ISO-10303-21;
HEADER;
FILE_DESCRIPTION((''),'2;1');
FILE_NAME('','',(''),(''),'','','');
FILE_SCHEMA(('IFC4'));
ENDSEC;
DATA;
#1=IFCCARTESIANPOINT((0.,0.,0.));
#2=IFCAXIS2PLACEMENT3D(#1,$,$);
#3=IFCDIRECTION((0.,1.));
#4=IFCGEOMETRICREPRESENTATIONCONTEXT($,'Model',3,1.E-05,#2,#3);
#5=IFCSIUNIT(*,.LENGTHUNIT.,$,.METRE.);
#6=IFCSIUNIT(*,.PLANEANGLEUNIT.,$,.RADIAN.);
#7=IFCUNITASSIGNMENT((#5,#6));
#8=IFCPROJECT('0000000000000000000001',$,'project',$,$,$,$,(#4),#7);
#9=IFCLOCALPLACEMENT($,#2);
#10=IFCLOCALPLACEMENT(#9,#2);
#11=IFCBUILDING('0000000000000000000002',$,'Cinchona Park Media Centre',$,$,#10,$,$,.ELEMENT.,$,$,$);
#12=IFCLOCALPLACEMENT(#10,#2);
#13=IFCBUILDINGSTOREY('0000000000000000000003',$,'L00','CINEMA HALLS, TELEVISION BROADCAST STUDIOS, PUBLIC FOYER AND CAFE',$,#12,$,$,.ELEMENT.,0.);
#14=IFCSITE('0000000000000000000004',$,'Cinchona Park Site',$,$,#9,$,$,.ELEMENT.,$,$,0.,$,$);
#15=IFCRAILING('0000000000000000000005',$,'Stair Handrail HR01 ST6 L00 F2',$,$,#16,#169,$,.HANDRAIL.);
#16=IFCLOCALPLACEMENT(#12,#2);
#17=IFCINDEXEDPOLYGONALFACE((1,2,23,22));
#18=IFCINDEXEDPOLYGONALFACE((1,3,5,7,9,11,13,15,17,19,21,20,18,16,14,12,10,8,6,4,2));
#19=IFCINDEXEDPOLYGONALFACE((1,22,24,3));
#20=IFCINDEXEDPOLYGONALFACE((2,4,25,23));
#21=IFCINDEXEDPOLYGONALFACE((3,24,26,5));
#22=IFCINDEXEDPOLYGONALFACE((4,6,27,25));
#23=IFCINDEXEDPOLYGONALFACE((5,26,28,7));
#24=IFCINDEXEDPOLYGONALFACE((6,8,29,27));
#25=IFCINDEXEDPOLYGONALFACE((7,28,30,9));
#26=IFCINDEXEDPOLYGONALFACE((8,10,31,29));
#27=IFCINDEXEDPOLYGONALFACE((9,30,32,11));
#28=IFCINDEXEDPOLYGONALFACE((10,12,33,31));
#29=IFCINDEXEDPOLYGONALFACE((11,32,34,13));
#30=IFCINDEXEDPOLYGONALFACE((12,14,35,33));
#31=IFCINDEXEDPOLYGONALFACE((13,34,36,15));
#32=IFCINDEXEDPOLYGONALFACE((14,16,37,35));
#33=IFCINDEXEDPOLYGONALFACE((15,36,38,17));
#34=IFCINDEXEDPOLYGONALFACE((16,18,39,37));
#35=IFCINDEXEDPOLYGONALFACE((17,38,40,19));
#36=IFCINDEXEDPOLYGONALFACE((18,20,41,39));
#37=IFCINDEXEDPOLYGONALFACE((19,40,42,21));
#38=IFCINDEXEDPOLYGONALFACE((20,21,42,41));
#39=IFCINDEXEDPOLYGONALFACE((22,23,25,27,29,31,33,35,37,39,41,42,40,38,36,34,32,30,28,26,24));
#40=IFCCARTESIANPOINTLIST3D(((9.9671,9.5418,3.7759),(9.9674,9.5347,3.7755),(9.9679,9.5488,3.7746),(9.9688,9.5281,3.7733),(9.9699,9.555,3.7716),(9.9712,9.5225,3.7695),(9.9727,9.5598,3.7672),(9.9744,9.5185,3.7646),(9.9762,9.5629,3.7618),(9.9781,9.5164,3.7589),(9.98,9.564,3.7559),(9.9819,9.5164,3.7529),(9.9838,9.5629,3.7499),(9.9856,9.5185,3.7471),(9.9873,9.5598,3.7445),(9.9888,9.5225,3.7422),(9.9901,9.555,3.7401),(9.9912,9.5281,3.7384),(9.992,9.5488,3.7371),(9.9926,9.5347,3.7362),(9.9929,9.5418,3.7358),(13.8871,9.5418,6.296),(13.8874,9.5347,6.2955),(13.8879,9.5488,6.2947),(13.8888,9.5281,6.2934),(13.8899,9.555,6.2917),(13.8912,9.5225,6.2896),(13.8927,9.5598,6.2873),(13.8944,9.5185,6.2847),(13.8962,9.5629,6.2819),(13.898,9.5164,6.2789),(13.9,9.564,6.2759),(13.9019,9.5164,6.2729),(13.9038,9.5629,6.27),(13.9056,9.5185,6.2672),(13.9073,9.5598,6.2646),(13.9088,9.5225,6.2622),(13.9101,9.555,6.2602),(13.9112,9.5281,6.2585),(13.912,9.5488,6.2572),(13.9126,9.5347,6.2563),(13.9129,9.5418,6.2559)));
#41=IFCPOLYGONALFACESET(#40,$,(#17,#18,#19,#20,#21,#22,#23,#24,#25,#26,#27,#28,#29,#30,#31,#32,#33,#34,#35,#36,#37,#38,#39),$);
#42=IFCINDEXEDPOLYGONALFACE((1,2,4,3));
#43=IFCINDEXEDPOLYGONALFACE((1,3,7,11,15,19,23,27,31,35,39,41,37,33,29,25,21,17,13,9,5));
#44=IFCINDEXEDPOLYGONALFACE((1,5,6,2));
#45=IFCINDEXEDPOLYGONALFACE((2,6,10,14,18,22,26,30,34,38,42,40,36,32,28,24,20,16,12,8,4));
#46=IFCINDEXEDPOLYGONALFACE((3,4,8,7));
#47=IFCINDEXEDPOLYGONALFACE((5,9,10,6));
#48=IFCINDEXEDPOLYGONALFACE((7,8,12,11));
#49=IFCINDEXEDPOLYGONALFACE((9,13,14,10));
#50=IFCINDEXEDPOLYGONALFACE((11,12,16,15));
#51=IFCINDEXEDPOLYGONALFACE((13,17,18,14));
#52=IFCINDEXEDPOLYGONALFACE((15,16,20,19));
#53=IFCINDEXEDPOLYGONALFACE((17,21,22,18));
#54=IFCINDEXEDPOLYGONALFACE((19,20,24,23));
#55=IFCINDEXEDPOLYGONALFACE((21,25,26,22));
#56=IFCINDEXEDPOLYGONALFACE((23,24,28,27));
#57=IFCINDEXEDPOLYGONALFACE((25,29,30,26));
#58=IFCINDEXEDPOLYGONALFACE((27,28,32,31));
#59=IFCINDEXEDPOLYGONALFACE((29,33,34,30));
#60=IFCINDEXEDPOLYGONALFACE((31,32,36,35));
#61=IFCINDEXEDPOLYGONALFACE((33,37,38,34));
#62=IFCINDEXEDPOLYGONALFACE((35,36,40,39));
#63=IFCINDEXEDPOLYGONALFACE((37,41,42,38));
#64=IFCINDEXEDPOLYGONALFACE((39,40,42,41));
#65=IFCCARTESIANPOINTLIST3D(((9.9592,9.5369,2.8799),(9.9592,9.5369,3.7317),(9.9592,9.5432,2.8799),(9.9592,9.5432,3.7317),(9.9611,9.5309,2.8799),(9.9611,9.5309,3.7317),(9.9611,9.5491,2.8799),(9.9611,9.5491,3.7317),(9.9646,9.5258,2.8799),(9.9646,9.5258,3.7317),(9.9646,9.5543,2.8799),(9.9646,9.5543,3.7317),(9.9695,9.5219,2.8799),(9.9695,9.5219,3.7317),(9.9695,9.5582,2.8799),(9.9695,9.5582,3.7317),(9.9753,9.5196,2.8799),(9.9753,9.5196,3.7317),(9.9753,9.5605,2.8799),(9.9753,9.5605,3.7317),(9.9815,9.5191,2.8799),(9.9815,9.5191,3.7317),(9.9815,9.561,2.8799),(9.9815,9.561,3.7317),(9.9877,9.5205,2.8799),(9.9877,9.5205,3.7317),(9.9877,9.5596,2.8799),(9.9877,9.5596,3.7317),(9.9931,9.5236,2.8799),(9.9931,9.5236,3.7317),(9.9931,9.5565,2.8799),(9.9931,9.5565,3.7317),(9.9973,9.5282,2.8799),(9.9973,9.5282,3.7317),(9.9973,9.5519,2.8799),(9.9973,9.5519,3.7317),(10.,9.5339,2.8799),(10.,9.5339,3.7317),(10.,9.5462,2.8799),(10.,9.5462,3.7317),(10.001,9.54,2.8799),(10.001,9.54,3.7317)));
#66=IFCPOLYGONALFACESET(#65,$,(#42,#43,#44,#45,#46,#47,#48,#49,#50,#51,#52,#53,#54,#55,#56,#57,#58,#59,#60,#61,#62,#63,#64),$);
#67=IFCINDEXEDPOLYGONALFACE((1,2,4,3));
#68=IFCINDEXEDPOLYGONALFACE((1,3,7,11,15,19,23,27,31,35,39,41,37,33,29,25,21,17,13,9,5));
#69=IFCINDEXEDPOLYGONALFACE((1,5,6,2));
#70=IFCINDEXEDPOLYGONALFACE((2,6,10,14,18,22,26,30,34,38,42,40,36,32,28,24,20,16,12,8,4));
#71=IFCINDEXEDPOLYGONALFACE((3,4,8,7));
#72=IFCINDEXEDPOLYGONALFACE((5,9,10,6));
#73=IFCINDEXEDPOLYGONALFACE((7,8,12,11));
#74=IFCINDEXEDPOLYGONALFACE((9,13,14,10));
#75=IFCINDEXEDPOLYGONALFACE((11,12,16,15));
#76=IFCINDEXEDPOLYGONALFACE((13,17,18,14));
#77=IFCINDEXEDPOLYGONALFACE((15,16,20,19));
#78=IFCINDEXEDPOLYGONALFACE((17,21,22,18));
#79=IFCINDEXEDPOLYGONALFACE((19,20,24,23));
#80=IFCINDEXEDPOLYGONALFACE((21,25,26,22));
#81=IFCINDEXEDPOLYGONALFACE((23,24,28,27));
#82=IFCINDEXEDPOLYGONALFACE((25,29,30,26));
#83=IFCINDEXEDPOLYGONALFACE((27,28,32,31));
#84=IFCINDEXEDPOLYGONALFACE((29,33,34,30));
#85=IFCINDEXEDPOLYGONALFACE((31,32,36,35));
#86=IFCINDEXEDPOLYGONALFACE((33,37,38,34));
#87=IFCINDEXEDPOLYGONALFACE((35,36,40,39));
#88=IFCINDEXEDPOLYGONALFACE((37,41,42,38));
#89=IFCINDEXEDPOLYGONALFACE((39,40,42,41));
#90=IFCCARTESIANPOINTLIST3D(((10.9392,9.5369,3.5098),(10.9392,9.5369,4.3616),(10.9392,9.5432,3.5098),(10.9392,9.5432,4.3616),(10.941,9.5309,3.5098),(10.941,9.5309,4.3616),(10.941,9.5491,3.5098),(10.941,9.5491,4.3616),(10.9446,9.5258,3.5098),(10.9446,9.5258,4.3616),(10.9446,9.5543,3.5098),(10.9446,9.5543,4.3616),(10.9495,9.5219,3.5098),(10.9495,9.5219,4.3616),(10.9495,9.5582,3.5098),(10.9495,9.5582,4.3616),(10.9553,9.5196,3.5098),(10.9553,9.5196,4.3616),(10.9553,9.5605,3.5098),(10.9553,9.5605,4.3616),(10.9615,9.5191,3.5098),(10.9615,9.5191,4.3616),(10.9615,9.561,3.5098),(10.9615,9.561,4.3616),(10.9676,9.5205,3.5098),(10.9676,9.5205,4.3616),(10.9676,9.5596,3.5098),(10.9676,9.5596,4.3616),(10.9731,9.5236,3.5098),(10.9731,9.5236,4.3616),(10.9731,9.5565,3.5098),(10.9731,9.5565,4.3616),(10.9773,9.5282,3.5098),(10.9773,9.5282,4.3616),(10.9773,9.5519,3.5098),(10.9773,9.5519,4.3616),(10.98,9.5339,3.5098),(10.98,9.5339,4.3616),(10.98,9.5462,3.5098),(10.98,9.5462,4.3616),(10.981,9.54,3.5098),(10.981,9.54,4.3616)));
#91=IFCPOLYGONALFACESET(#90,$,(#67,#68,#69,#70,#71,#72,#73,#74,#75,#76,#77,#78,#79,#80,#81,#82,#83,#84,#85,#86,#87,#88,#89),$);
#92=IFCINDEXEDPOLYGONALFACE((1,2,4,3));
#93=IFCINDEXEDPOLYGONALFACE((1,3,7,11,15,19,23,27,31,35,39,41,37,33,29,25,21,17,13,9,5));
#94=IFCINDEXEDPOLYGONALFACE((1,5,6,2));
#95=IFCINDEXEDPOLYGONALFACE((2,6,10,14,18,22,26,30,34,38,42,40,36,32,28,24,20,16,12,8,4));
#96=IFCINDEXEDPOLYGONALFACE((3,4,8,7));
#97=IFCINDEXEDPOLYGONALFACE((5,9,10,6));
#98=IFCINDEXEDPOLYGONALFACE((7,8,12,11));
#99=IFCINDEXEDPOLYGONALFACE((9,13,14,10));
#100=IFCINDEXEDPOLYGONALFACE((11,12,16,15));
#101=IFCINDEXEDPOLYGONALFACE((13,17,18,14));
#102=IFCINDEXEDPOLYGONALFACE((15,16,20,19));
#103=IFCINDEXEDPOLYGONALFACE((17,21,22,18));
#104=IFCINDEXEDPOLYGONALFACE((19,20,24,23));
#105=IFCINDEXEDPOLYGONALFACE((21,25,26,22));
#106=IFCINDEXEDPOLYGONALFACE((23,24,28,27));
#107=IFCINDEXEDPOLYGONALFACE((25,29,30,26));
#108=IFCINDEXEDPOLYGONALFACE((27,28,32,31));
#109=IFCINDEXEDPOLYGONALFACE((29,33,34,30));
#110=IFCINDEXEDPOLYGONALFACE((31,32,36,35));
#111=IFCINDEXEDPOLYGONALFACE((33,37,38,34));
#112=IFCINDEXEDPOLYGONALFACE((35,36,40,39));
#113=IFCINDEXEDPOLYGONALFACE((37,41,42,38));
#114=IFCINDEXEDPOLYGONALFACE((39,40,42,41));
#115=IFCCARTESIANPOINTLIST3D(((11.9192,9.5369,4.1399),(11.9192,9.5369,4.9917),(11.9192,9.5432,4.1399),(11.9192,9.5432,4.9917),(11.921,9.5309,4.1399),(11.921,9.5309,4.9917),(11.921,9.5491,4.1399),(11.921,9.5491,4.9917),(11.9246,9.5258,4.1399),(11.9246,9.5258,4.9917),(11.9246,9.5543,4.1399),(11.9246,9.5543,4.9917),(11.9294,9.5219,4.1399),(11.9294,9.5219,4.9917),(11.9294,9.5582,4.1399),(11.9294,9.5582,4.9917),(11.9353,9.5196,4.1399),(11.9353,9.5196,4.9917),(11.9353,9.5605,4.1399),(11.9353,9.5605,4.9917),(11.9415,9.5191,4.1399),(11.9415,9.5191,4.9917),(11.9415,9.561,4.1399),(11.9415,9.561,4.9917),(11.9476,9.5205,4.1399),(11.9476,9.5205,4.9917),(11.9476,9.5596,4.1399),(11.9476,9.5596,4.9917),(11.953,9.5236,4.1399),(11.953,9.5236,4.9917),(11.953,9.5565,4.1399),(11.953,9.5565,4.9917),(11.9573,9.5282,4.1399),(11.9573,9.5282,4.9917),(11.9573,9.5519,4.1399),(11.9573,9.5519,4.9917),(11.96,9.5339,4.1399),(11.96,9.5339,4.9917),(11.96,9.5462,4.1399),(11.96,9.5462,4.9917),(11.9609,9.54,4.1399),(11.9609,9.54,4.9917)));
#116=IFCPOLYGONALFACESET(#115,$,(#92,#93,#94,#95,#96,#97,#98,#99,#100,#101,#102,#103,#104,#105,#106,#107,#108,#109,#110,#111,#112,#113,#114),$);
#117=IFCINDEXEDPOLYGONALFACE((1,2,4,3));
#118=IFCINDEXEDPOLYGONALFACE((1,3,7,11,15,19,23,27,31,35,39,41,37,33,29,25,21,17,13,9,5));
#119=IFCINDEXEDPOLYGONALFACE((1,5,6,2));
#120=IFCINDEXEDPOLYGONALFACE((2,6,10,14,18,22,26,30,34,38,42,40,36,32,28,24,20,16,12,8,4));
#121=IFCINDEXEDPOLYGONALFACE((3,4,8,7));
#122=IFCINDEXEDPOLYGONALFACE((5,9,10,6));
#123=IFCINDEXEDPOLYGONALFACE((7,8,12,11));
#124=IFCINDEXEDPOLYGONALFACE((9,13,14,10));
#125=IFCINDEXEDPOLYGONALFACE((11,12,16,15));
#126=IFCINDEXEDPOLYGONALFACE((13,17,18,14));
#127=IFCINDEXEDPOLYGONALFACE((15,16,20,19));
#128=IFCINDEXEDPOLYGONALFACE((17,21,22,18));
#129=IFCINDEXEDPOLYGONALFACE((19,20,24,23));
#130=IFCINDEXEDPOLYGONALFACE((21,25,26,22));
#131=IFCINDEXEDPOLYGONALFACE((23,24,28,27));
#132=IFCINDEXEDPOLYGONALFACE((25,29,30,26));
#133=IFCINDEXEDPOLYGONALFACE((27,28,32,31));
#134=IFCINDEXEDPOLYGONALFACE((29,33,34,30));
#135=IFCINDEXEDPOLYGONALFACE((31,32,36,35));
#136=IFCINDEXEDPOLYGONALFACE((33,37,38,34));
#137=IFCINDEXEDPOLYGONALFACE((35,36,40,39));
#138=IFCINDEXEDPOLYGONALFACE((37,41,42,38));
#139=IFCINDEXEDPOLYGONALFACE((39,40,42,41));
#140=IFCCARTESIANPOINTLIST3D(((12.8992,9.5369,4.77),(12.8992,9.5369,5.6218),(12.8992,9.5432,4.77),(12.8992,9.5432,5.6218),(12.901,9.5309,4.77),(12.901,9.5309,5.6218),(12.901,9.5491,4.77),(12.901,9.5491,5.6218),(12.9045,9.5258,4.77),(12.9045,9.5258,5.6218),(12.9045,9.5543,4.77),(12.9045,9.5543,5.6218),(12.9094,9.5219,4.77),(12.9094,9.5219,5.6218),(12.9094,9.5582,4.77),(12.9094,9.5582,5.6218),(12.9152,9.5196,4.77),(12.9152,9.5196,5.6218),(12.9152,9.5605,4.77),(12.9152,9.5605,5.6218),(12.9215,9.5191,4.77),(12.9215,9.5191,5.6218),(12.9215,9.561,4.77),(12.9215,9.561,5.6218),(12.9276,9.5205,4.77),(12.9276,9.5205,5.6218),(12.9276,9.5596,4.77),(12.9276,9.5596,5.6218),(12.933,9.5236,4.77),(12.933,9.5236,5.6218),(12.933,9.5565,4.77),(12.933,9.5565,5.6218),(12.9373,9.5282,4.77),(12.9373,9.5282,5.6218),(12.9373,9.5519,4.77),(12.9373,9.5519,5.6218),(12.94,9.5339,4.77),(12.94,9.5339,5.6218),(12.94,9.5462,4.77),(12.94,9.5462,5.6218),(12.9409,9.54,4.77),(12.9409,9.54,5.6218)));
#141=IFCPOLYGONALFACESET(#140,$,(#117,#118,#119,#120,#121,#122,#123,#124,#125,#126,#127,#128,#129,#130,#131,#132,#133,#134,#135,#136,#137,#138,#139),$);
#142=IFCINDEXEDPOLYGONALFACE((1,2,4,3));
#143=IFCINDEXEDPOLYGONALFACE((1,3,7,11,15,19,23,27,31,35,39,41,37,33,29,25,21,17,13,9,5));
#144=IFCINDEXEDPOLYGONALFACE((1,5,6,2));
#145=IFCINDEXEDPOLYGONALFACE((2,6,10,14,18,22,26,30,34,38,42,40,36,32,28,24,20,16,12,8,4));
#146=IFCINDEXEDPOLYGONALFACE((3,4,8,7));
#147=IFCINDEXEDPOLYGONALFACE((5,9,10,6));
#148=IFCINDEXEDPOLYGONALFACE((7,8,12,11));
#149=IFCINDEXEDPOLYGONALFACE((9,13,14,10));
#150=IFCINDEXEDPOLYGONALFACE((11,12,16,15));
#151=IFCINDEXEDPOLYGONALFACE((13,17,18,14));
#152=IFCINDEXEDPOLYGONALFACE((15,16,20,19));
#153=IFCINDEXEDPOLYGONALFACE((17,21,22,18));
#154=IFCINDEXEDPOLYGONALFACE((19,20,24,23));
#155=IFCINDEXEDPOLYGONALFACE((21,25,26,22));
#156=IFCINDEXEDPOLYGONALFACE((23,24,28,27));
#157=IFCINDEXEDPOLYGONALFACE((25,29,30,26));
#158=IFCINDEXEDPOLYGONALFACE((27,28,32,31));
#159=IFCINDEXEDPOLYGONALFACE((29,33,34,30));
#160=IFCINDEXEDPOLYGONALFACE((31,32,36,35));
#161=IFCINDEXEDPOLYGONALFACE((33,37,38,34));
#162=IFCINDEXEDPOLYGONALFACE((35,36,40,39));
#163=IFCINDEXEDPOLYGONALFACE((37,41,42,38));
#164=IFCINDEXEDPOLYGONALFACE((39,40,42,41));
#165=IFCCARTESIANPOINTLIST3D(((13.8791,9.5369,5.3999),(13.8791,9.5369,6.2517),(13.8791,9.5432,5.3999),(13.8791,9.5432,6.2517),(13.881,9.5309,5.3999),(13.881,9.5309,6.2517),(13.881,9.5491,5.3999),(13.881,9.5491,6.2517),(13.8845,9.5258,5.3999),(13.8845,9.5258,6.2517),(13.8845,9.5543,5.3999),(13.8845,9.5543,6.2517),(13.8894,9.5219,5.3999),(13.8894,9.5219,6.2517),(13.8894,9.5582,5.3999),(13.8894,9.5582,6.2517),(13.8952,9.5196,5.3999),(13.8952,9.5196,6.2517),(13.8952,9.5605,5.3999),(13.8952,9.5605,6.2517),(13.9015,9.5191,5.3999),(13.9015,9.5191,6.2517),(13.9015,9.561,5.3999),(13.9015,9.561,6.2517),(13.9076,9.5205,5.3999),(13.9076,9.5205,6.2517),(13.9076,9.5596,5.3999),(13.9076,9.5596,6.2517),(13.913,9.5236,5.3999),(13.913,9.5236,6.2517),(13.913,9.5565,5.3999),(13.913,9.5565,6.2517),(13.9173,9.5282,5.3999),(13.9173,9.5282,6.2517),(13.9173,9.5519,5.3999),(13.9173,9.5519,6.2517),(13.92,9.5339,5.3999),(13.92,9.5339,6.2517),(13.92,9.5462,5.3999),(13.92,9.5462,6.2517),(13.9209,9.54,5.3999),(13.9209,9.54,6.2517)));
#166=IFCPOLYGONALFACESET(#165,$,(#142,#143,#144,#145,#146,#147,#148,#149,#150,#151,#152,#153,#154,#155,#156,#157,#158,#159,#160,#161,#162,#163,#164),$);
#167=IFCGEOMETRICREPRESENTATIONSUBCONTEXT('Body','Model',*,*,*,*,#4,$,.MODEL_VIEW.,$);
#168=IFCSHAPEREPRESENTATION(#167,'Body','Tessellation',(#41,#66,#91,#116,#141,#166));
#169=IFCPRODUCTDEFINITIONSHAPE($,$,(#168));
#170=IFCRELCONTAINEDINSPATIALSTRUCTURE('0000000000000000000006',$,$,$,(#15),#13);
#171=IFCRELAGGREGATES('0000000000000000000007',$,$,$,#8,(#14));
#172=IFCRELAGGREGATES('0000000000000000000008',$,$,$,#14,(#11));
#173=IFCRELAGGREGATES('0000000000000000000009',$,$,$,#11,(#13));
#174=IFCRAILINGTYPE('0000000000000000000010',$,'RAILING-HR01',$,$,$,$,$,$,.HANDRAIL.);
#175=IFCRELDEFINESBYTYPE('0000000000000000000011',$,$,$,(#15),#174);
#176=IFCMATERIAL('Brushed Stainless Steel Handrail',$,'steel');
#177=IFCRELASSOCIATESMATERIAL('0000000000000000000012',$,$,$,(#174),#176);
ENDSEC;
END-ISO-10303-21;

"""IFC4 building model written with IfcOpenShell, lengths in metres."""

from ifc_helpers import new_model, si_unit, direction, frame, origin, origin_2d, place, context, subcontext, project, spatial, circle, extrude, material, type_object, element, save


model = new_model("IFC4")

# Units and contexts
model_context = context("Model", 3, precision=1e-05, world=origin(), true_north=direction((0.0, 1.0)))
body_context = subcontext(model_context, "Body", "Model", "MODEL_VIEW")
ifc_project = project(units=[si_unit("LENGTHUNIT", "METRE"), si_unit("PLANEANGLEUNIT", "RADIAN")], contexts=[model_context])

# Site, building, storey
site_placement = place(None, origin())
site = spatial("IfcSite", under=ifc_project, at=site_placement, Name="Cinchona Park Site", CompositionType="ELEMENT", RefElevation=0.0)
building_placement = place(site_placement, origin())
building = spatial("IfcBuilding", under=site, at=building_placement, Name="Cinchona Park Media Centre", CompositionType="ELEMENT")
storey_placement = place(building_placement, origin())
storey = spatial("IfcBuildingStorey", under=building, at=storey_placement, Name="L00", Description="CINEMA HALLS, TELEVISION BROADCAST STUDIOS, PUBLIC FOYER AND CAFE", CompositionType="ELEMENT", Elevation=0.0)

# Railing
ifc_material_1 = material(Name="Brushed Stainless Steel Handrail", Category="steel")
railing_type_1 = type_object("IfcRailingType", Name="RAILING-HR01", PredefinedType="HANDRAIL", material=ifc_material_1)
railing_1_placement = place(storey_placement, frame((9.98, 9.54, 2.8799)))
element("IfcRailing", 1, at=railing_1_placement, inside=storey, type_object=railing_type_1, Name="Stair Handrail HR01 ST6 L00 F2", PredefinedType="HANDRAIL", context=body_context, shape_type="SweptSolid", body=[
    extrude(circle(Radius=0.0239, at=origin_2d()), frame((0.0, 0.0, 0.876), z_axis=(0.841172, 0.0, 0.540768), x_axis=(0.0, 1.0, 0.0)), (0.0, 0.0, 1.0), 4.6602),
    extrude(circle(Radius=0.021, at=origin_2d()), origin(), (0.0, 0.0, 1.0), 0.8518),
    extrude(circle(Radius=0.021, at=origin_2d()), frame((0.98, 0.0, 0.6299)), (0.0, 0.0, 1.0), 0.8518),
    extrude(circle(Radius=0.021, at=origin_2d()), frame((1.96, 0.0, 1.26)), (0.0, 0.0, 1.0), 0.8518),
    extrude(circle(Radius=0.021, at=origin_2d()), frame((2.9399, 0.0, 1.8901)), (0.0, 0.0, 1.0), 0.8518),
    extrude(circle(Radius=0.021, at=origin_2d()), frame((3.9199, 0.0, 2.52)), (0.0, 0.0, 1.0), 0.8518),
])

save(model, "model.ifc")
